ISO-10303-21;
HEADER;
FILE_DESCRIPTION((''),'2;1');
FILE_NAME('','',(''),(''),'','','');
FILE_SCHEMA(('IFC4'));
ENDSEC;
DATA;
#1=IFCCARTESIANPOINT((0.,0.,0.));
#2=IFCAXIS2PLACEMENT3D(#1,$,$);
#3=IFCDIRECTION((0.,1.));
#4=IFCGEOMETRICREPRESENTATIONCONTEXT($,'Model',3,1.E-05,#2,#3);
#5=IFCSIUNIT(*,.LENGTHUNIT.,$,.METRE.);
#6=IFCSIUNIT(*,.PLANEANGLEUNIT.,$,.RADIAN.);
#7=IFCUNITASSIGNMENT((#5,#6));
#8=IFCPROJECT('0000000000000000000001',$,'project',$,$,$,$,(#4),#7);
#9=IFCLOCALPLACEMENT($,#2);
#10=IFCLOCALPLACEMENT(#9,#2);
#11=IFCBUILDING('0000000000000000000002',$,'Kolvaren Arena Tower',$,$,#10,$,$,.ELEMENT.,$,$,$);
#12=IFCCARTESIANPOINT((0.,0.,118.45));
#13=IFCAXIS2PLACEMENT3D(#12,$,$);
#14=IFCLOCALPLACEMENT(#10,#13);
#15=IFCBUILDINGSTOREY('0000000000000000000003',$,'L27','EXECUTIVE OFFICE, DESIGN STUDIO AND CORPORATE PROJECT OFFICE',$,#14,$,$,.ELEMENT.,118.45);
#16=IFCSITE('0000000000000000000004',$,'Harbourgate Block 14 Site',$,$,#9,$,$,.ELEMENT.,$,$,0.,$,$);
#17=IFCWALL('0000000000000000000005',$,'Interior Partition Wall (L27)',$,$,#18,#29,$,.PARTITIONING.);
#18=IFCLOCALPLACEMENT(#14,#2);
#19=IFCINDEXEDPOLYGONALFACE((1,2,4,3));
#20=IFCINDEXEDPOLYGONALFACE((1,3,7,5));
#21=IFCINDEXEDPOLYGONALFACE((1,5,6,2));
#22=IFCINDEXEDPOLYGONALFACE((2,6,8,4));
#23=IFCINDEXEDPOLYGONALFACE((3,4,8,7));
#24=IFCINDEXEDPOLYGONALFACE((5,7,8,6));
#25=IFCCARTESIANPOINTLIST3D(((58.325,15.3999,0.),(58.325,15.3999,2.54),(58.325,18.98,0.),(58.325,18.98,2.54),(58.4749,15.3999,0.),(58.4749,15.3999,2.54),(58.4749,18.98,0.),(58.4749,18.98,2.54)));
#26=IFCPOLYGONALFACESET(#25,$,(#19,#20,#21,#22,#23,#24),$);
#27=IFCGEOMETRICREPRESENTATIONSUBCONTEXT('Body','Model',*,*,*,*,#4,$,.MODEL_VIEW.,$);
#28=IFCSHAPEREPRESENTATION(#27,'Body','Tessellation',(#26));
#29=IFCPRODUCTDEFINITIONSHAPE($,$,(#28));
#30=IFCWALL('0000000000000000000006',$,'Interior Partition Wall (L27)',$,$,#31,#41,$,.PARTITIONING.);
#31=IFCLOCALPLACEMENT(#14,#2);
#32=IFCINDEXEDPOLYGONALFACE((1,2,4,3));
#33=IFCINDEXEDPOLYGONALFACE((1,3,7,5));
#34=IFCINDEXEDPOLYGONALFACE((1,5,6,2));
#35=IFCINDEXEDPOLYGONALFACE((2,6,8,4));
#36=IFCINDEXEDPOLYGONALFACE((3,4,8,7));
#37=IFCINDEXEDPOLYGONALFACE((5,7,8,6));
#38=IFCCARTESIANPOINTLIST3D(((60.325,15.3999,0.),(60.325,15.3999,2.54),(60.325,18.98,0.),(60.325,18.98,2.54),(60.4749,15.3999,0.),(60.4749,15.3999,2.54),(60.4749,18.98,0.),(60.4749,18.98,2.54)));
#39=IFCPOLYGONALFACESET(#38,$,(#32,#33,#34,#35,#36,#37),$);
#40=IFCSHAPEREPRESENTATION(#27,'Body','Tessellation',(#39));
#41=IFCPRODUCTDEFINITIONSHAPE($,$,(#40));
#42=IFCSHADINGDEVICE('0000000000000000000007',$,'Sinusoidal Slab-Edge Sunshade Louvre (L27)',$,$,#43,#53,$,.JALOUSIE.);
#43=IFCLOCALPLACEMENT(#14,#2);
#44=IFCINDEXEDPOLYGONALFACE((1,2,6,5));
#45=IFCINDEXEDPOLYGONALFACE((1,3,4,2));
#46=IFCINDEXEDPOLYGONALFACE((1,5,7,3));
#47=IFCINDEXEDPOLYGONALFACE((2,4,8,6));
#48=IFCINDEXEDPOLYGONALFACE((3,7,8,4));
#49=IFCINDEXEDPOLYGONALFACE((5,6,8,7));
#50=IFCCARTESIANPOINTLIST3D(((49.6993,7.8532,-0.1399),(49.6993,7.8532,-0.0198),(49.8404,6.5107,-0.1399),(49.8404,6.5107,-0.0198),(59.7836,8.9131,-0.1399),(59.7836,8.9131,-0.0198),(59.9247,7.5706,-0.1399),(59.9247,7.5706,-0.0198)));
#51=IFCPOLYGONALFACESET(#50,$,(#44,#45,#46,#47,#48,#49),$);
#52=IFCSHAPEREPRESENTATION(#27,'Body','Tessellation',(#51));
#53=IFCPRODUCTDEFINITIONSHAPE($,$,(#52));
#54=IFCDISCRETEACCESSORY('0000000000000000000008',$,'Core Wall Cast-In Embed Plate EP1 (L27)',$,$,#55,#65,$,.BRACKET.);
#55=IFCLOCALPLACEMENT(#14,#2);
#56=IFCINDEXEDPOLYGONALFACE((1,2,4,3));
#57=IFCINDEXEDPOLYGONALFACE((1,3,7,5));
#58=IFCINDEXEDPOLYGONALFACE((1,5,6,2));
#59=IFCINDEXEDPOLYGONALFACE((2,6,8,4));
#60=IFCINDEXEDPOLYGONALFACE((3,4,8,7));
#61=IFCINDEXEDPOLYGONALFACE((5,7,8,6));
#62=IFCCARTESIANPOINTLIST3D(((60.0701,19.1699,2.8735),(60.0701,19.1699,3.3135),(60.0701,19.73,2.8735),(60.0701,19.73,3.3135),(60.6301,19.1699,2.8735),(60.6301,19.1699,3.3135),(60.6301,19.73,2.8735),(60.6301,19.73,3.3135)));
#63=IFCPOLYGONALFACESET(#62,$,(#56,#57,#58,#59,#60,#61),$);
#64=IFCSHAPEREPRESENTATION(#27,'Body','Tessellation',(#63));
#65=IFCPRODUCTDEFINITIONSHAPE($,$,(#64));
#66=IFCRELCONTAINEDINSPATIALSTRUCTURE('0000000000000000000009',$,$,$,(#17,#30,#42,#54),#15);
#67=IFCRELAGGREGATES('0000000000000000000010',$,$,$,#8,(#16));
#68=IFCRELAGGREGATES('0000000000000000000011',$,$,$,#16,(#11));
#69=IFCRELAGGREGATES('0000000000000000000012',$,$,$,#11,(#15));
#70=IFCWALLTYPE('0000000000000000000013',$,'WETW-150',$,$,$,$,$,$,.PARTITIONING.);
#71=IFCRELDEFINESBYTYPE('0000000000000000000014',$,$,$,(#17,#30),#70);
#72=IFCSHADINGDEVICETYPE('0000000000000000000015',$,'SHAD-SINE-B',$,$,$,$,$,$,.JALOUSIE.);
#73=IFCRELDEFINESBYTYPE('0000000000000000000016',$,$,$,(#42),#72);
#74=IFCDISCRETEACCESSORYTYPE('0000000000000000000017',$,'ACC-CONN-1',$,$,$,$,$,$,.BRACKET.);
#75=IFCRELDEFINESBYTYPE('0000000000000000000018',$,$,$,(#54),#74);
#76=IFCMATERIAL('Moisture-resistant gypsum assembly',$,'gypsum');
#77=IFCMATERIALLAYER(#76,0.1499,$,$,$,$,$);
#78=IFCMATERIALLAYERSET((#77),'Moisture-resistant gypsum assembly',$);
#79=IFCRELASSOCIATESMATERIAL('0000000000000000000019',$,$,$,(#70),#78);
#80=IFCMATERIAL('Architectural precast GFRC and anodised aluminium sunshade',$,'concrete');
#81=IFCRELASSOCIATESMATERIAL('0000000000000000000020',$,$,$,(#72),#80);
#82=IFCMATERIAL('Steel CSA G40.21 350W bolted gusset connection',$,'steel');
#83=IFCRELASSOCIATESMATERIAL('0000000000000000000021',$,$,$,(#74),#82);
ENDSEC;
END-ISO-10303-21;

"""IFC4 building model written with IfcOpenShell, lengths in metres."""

from ifc_helpers import new_model, si_unit, direction, frame, frame_2d, origin, origin_2d, place, context, subcontext, project, spatial, rectangle, extrude, material, layer, layer_set, type_object, element, save


model = new_model("IFC4")

# Units and contexts
model_context = context("Model", 3, precision=1e-05, world=origin(), true_north=direction((0.0, 1.0)))
body_context = subcontext(model_context, "Body", "Model", "MODEL_VIEW")
ifc_project = project(units=[si_unit("LENGTHUNIT", "METRE"), si_unit("PLANEANGLEUNIT", "RADIAN")], contexts=[model_context])

# Site, building, storey
site_placement = place(None, origin())
site = spatial("IfcSite", under=ifc_project, at=site_placement, Name="Harbourgate Block 14 Site", CompositionType="ELEMENT", RefElevation=0.0)
building_placement = place(site_placement, origin())
building = spatial("IfcBuilding", under=site, at=building_placement, Name="Kolvaren Arena Tower", CompositionType="ELEMENT")
storey_placement = place(building_placement, frame((0.0, 0.0, 118.45)))
storey = spatial("IfcBuildingStorey", under=building, at=storey_placement, Name="L27", Description="EXECUTIVE OFFICE, DESIGN STUDIO AND CORPORATE PROJECT OFFICE", CompositionType="ELEMENT", Elevation=118.45)

# Walls
ifc_material_1 = material(Name="Moisture-resistant gypsum assembly", Category="gypsum")
ifc_layer_1 = layer(ifc_material_1, 0.1499)
ifc_layer_set_1 = layer_set([ifc_layer_1], Name="Moisture-resistant gypsum assembly")
wall_type_1 = type_object("IfcWallType", Name="WETW-150", PredefinedType="PARTITIONING", material=ifc_layer_set_1)
for number, where, z_axis, x_axis, name in (
    (1, (58.3999, 15.3999, 0.0), (0.0, 0.0, 1.0), (0.0, 1.0, 0.0), "Interior Partition Wall (L27)"),
    (2, (60.3999, 15.3999, 0.0), (0.0, 0.0, 1.0), (0.0, 1.0, 0.0), "Interior Partition Wall (L27)"),
):
    element("IfcWall", number, at=place(storey_placement, frame(where, z_axis=z_axis, x_axis=x_axis)), inside=storey, type_object=wall_type_1, Name=name, PredefinedType="PARTITIONING", context=body_context, shape_type="SweptSolid", body=[
        extrude(rectangle(XDim=3.5801, YDim=0.1499, at=frame_2d((1.79, 0.0))), origin(), (0.0, 0.0, 1.0), 2.54),
    ])

# Shading device
ifc_material_2 = material(Name="Architectural precast GFRC and anodised aluminium sunshade", Category="concrete")
shading_device_type = type_object("IfcShadingDeviceType", Name="SHAD-SINE-B", PredefinedType="JALOUSIE", material=ifc_material_2)
shading_device_placement = place(storey_placement, frame((54.812, 7.7119, -0.1399), z_axis=(0.0, 0.0, 1.0), x_axis=(-0.994522, -0.104527, 0.0)))
element("IfcShadingDevice", 3, at=shading_device_placement, inside=storey, type_object=shading_device_type, Name="Sinusoidal Slab-Edge Sunshade Louvre (L27)", PredefinedType="JALOUSIE", context=body_context, shape_type="SweptSolid", body=[
    extrude(rectangle(XDim=10.1399, YDim=1.3499, at=origin_2d()), origin(), (0.0, 0.0, 1.0), 0.1201),
])

# Discrete accessory
ifc_material_3 = material(Name="Steel CSA G40.21 350W bolted gusset connection", Category="steel")
discrete_accessory_type = type_object("IfcDiscreteAccessoryType", Name="ACC-CONN-1", PredefinedType="BRACKET", material=ifc_material_3)
discrete_accessory_placement = place(storey_placement, frame((60.3501, 19.45, 2.8735), z_axis=(0.0, 0.0, 1.0), x_axis=(1.0, 0.0, 0.0)))
element("IfcDiscreteAccessory", 4, at=discrete_accessory_placement, inside=storey, type_object=discrete_accessory_type, Name="Core Wall Cast-In Embed Plate EP1 (L27)", PredefinedType="BRACKET", context=body_context, shape_type="SweptSolid", body=[
    extrude(rectangle(XDim=0.5601, YDim=0.5601, at=origin_2d()), origin(), (0.0, 0.0, 1.0), 0.4399),
])

save(model, "model.ifc")
